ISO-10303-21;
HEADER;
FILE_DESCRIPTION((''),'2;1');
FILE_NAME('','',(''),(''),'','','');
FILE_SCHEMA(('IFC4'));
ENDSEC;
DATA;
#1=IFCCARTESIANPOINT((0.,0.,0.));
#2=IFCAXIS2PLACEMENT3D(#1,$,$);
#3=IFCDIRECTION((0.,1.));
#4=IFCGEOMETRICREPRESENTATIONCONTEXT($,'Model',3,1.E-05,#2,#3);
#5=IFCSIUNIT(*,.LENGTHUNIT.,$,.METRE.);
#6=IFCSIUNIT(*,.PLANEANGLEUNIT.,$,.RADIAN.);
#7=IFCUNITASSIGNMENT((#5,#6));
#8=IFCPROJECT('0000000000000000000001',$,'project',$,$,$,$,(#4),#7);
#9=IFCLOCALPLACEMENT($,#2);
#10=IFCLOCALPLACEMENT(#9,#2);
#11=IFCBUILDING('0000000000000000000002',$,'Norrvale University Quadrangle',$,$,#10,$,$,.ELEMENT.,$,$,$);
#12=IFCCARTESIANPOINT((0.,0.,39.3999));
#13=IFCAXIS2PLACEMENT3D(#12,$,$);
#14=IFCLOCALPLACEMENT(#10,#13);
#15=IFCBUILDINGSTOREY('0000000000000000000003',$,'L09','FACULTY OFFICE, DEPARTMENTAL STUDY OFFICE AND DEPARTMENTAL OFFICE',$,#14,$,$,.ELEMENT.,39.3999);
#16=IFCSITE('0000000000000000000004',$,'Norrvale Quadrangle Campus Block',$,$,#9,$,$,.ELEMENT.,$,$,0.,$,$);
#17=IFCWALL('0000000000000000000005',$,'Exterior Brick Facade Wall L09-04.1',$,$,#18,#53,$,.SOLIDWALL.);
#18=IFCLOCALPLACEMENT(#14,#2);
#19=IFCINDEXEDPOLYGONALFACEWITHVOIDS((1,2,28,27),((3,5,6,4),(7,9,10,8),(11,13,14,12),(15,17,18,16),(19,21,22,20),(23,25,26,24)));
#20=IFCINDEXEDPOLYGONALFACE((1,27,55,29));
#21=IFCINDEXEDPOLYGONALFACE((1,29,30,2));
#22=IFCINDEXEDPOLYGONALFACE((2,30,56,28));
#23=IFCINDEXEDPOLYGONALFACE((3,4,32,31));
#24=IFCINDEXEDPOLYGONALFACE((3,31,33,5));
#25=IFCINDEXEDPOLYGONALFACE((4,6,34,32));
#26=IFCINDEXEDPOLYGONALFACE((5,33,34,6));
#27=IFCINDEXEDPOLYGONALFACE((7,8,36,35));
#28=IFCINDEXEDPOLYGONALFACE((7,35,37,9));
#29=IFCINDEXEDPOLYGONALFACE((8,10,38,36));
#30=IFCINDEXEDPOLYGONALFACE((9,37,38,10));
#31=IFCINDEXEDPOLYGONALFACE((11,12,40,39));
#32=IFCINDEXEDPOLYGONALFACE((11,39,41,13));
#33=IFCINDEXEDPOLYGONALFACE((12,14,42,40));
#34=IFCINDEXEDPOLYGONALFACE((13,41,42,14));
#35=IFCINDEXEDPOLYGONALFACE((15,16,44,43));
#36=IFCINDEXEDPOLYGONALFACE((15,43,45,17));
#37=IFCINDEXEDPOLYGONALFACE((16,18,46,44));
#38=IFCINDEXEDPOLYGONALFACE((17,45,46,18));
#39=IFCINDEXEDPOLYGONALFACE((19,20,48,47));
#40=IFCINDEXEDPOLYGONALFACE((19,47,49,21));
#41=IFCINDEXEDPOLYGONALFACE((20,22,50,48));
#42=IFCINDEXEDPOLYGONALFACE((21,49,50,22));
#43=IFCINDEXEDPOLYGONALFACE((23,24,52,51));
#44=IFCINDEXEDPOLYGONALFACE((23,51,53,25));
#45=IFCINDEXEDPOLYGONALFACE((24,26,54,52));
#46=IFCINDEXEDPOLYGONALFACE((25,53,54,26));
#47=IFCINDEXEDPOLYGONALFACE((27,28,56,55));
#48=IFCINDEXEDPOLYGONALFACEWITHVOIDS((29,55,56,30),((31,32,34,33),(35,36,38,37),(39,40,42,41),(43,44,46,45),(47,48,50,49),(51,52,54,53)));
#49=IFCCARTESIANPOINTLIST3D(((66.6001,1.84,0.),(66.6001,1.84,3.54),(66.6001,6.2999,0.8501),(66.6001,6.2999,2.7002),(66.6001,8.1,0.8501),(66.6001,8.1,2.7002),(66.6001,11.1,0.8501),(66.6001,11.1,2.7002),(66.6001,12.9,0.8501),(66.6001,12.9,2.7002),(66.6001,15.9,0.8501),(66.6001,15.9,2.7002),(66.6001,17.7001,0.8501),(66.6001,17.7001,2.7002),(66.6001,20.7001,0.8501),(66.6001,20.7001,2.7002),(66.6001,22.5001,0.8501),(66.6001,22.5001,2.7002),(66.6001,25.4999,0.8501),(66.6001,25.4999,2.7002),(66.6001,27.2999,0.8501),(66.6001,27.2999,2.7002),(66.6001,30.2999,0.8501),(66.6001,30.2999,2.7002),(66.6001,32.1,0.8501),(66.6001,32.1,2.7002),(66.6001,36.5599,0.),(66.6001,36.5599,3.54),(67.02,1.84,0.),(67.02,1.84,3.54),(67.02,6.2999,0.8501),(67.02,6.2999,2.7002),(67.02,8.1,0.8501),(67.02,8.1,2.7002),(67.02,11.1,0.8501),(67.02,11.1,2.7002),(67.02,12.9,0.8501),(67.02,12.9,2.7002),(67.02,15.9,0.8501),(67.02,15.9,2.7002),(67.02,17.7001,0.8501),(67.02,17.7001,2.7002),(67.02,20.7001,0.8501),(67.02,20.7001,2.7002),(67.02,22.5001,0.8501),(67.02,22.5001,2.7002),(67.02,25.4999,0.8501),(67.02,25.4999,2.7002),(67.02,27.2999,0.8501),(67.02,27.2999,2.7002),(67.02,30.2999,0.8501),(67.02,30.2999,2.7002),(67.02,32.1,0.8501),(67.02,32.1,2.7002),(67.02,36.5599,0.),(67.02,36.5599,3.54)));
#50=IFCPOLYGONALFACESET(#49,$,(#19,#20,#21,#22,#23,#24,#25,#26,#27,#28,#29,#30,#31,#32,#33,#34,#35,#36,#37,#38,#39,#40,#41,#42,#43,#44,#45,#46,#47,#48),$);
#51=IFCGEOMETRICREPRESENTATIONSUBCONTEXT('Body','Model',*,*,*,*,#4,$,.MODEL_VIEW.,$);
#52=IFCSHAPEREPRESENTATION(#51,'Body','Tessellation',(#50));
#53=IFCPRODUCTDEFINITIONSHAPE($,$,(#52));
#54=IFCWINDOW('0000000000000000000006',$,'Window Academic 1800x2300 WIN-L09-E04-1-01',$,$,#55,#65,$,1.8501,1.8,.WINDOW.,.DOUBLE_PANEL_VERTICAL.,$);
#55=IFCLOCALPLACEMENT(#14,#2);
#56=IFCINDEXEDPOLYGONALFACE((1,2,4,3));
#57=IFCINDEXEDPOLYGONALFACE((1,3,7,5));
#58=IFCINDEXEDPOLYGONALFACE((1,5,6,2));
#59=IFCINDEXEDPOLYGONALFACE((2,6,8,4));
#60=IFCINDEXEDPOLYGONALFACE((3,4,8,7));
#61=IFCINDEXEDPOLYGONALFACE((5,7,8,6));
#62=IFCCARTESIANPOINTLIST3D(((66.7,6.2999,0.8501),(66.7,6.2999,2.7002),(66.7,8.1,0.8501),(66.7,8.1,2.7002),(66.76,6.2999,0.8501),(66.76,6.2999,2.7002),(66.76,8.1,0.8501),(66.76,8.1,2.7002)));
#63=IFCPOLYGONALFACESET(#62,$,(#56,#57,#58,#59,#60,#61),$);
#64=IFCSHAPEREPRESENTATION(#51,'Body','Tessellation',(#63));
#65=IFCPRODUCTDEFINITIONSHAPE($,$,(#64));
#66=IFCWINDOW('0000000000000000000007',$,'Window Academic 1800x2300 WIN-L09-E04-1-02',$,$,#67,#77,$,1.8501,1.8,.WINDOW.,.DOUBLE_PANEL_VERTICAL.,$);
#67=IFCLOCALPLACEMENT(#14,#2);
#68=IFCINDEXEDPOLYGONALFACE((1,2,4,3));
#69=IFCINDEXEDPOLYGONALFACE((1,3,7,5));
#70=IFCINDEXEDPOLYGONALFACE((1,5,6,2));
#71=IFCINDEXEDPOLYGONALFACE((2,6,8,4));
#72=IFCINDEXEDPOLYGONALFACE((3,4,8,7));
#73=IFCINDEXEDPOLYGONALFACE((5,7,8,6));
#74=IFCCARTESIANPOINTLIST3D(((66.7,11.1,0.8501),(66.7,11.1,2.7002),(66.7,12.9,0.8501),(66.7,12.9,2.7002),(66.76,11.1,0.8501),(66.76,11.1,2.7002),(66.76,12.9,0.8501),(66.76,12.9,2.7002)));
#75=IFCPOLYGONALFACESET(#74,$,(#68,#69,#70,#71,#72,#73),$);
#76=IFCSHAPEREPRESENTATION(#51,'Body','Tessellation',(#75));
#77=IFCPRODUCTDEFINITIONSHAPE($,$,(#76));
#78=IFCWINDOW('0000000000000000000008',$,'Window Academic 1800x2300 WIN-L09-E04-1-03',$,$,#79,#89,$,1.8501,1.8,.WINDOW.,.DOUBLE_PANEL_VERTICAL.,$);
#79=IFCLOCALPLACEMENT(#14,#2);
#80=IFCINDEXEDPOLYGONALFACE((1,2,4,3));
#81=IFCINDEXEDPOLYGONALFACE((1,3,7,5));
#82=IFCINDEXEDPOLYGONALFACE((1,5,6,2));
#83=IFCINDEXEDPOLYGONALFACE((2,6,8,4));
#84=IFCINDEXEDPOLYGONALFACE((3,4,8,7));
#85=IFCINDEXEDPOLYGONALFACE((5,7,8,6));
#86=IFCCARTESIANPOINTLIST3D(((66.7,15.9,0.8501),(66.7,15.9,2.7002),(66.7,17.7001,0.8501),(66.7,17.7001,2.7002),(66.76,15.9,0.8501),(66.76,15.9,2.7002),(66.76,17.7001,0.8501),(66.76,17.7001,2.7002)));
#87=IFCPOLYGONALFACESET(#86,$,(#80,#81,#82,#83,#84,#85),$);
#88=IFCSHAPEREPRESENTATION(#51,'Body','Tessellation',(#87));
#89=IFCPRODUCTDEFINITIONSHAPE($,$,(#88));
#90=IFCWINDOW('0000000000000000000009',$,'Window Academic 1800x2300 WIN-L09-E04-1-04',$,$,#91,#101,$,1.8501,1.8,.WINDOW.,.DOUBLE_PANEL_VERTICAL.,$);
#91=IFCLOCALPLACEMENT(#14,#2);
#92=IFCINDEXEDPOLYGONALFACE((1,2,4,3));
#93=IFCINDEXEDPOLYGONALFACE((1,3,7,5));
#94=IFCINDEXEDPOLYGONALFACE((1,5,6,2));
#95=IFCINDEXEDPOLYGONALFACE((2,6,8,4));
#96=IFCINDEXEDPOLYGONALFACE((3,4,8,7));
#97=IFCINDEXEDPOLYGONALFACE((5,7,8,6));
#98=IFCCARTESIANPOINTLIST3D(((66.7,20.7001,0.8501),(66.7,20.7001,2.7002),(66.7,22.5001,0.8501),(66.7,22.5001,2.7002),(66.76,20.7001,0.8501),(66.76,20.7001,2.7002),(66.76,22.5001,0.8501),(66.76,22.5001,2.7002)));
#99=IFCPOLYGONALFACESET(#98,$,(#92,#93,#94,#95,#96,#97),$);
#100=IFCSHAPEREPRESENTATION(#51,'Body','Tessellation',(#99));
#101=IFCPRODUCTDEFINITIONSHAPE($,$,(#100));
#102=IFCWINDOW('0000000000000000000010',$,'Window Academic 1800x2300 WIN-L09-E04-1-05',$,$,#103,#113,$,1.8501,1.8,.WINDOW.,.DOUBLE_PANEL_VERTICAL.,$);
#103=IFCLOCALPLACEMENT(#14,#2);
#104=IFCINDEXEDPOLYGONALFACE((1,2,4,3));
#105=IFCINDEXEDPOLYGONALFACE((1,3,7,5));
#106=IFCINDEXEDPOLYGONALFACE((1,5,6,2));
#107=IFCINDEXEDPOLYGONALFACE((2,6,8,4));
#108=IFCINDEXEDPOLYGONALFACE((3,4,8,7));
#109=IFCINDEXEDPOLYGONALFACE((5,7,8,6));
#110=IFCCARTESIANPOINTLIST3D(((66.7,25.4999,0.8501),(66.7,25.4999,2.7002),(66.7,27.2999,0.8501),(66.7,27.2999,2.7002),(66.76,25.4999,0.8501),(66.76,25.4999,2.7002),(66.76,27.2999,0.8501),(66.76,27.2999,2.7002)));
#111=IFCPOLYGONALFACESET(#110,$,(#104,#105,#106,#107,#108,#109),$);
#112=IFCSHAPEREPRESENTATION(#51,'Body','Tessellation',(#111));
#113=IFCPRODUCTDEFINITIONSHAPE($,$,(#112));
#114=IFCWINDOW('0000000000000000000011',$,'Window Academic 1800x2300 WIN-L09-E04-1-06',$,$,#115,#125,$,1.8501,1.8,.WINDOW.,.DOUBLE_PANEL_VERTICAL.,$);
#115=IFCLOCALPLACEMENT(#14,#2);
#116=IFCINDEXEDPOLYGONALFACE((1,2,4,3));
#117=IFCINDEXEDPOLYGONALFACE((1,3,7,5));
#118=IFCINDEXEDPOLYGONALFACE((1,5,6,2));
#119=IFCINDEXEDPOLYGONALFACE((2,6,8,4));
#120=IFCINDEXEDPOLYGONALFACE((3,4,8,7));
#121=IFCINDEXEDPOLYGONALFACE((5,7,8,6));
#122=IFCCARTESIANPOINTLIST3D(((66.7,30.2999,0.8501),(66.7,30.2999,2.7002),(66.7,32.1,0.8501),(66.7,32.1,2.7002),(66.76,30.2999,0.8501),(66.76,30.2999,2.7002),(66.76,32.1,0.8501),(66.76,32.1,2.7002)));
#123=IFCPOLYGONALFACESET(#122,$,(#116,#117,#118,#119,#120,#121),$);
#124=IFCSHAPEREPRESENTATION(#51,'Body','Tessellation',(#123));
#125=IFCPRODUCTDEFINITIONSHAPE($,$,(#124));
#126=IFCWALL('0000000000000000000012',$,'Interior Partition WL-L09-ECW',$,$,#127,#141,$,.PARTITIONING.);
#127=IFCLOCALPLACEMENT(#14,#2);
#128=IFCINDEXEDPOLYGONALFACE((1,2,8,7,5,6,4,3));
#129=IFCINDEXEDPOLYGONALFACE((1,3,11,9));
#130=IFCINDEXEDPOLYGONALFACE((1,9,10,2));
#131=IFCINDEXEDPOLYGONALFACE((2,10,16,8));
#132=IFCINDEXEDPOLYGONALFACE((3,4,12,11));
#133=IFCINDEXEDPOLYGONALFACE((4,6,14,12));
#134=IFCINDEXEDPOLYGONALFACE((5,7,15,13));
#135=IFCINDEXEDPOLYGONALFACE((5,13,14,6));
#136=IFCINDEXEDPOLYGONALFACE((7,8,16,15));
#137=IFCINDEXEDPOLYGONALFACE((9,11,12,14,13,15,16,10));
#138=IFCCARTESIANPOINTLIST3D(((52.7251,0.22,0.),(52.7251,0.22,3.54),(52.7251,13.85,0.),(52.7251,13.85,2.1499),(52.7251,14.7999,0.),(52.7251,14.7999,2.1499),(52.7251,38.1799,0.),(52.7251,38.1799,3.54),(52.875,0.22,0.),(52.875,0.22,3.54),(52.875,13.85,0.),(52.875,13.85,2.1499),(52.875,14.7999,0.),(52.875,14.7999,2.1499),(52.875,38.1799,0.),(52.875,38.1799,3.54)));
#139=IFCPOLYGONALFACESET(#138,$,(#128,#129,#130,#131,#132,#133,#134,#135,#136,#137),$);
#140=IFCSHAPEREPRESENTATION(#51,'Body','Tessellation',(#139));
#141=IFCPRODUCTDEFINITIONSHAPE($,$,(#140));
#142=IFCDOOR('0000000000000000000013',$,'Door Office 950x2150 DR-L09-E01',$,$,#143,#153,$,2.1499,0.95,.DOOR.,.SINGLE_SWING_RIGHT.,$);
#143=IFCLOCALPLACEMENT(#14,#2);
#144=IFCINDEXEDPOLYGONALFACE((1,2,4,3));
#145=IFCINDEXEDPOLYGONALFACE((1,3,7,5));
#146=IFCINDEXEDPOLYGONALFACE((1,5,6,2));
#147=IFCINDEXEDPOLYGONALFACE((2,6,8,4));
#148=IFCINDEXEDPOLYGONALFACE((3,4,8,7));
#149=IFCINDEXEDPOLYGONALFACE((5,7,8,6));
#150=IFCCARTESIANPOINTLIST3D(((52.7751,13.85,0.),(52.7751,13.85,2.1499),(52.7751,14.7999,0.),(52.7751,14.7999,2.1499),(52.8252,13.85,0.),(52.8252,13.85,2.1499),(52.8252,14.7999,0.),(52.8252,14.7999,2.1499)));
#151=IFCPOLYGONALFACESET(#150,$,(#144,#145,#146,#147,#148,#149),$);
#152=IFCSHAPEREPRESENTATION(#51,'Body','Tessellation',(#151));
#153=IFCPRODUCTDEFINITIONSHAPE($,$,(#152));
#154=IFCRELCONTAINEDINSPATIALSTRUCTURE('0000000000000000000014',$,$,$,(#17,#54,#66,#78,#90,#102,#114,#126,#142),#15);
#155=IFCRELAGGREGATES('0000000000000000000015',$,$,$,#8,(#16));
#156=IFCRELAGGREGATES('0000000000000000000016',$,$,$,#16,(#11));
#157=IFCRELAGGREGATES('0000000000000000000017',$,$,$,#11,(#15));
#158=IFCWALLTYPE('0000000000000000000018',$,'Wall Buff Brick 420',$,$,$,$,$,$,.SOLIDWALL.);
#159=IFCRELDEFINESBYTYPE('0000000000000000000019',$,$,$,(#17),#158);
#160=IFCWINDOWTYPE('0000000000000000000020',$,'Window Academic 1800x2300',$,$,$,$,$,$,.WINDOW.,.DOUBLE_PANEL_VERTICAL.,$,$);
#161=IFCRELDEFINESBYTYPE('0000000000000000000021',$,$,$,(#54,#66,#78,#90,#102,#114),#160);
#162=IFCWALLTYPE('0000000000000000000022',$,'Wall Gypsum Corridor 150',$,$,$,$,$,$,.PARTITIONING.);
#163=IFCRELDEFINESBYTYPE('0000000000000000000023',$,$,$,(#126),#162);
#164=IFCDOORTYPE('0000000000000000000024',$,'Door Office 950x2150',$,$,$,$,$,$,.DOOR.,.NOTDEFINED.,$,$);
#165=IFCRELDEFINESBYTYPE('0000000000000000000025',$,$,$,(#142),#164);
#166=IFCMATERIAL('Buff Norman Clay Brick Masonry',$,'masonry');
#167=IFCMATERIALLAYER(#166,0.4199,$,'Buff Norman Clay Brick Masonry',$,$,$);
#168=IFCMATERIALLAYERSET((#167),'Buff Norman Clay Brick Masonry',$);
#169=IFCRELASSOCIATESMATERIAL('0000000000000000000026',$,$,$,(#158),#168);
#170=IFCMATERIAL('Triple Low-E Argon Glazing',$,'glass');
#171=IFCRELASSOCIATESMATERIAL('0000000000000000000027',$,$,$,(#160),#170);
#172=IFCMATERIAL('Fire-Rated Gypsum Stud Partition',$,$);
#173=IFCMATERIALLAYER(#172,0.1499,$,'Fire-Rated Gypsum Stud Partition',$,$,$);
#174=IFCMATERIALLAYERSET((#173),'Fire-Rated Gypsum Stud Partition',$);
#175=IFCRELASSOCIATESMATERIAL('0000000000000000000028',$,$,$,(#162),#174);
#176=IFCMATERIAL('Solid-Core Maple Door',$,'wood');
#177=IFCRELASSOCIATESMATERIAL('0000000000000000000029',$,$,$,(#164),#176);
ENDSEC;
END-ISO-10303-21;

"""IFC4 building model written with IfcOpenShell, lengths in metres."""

from ifc_helpers import new_model, si_unit, direction, frame, frame_2d, origin, place, context, subcontext, project, spatial, rectangle, extrude, material, layer, layer_set, type_object, element, fill, save


model = new_model("IFC4")

# Units and contexts
model_context = context("Model", 3, precision=1e-05, world=origin(), true_north=direction((0.0, 1.0)))
body_context = subcontext(model_context, "Body", "Model", "MODEL_VIEW")
ifc_project = project(units=[si_unit("LENGTHUNIT", "METRE"), si_unit("PLANEANGLEUNIT", "RADIAN")], contexts=[model_context])

# Site, building, storey
site_placement = place(None, origin())
site = spatial("IfcSite", under=ifc_project, at=site_placement, Name="Norrvale Quadrangle Campus Block", CompositionType="ELEMENT", RefElevation=0.0)
building_placement = place(site_placement, origin())
building = spatial("IfcBuilding", under=site, at=building_placement, Name="Norrvale University Quadrangle", CompositionType="ELEMENT")
storey_placement = place(building_placement, frame((0.0, 0.0, 39.3999)))
storey = spatial("IfcBuildingStorey", under=building, at=storey_placement, Name="L09", Description="FACULTY OFFICE, DEPARTMENTAL STUDY OFFICE AND DEPARTMENTAL OFFICE", CompositionType="ELEMENT", Elevation=39.3999)

# Shared definitions
ifc_material_1 = material(Name="Buff Norman Clay Brick Masonry", Category="masonry")
ifc_layer_1 = layer(ifc_material_1, 0.4199, Name="Buff Norman Clay Brick Masonry")
ifc_layer_set_1 = layer_set([ifc_layer_1], Name="Buff Norman Clay Brick Masonry")
wall_type_1 = type_object("IfcWallType", Name="Wall Buff Brick 420", PredefinedType="SOLIDWALL", material=ifc_layer_set_1)

# Wall, openings, windows
wall_1_placement = place(storey_placement, frame((66.8101, 1.8401, 0.0), z_axis=(0.0, 0.0, 1.0), x_axis=(0.0, 1.0, 0.0)))
wall_1 = element("IfcWall", 1, at=wall_1_placement, inside=storey, type_object=wall_type_1, Name="Exterior Brick Facade Wall L09-04.1", PredefinedType="SOLIDWALL", context=body_context, shape_type="SweptSolid", body=[
    extrude(rectangle(XDim=34.72, YDim=0.4199, at=frame_2d((17.3599, 0.0))), origin(), (0.0, 0.0, 1.0), 3.54),
])
opening_1_placement = place(wall_1_placement, frame((4.46, 0.0, 0.8501)))
opening_1 = element("IfcOpeningElement", 2, at=opening_1_placement, cuts=wall_1, PredefinedType="OPENING", context=body_context, shape_type="SweptSolid", body=[
    extrude(rectangle(XDim=1.8, YDim=1.8501, at=frame_2d((0.8999, 0.925))), frame((0.0, 0.2219, 0.0), z_axis=(0.0, -1.0, 0.0), x_axis=(1.0, 0.0, 0.0)), (0.0, 0.0, 1.0), 0.4438),
])
opening_2_placement = place(wall_1_placement, frame((9.26, 0.0, 0.8501)))
opening_2 = element("IfcOpeningElement", 3, at=opening_2_placement, cuts=wall_1, PredefinedType="OPENING", context=body_context, shape_type="SweptSolid", body=[
    extrude(rectangle(XDim=1.8, YDim=1.8501, at=frame_2d((0.8999, 0.925))), frame((0.0, 0.2219, 0.0), z_axis=(0.0, -1.0, 0.0), x_axis=(1.0, 0.0, 0.0)), (0.0, 0.0, 1.0), 0.4438),
])
opening_3_placement = place(wall_1_placement, frame((14.0601, 0.0, 0.8501)))
opening_3 = element("IfcOpeningElement", 4, at=opening_3_placement, cuts=wall_1, PredefinedType="OPENING", context=body_context, shape_type="SweptSolid", body=[
    extrude(rectangle(XDim=1.8, YDim=1.8501, at=frame_2d((0.8999, 0.925))), frame((0.0, 0.2219, 0.0), z_axis=(0.0, -1.0, 0.0), x_axis=(1.0, 0.0, 0.0)), (0.0, 0.0, 1.0), 0.4438),
])
opening_4_placement = place(wall_1_placement, frame((18.8601, 0.0, 0.8501)))
opening_4 = element("IfcOpeningElement", 5, at=opening_4_placement, cuts=wall_1, PredefinedType="OPENING", context=body_context, shape_type="SweptSolid", body=[
    extrude(rectangle(XDim=1.8, YDim=1.8501, at=frame_2d((0.8999, 0.925))), frame((0.0, 0.2219, 0.0), z_axis=(0.0, -1.0, 0.0), x_axis=(1.0, 0.0, 0.0)), (0.0, 0.0, 1.0), 0.4438),
])
opening_5_placement = place(wall_1_placement, frame((23.6599, 0.0, 0.8501)))
opening_5 = element("IfcOpeningElement", 6, at=opening_5_placement, cuts=wall_1, PredefinedType="OPENING", context=body_context, shape_type="SweptSolid", body=[
    extrude(rectangle(XDim=1.8, YDim=1.8501, at=frame_2d((0.8999, 0.925))), frame((0.0, 0.2219, 0.0), z_axis=(0.0, -1.0, 0.0), x_axis=(1.0, 0.0, 0.0)), (0.0, 0.0, 1.0), 0.4438),
])
opening_6_placement = place(wall_1_placement, frame((28.46, 0.0, 0.8501)))
opening_6 = element("IfcOpeningElement", 7, at=opening_6_placement, cuts=wall_1, PredefinedType="OPENING", context=body_context, shape_type="SweptSolid", body=[
    extrude(rectangle(XDim=1.8, YDim=1.8501, at=frame_2d((0.8999, 0.925))), frame((0.0, 0.2219, 0.0), z_axis=(0.0, -1.0, 0.0), x_axis=(1.0, 0.0, 0.0)), (0.0, 0.0, 1.0), 0.4438),
])
ifc_material_2 = material(Name="Triple Low-E Argon Glazing", Category="glass")
window_type = type_object("IfcWindowType", Name="Window Academic 1800x2300", PartitioningType="DOUBLE_PANEL_VERTICAL", PredefinedType="WINDOW", material=ifc_material_2)
window_1_placement = place(opening_1_placement, origin())
window_1 = element("IfcWindow", 8, at=window_1_placement, inside=storey, type_object=window_type, Name="Window Academic 1800x2300 WIN-L09-E04-1-01", OverallHeight=1.8501, OverallWidth=1.8, PartitioningType="DOUBLE_PANEL_VERTICAL", PredefinedType="WINDOW", context=body_context, shape_type="SweptSolid", body=[
    extrude(rectangle(XDim=1.8, YDim=1.8501, at=frame_2d((0.8999, 0.925))), frame((0.0, 0.1101, 0.0), z_axis=(0.0, -1.0, 0.0), x_axis=(1.0, 0.0, 0.0)), (0.0, 0.0, 1.0), 0.0601),
])
fill(opening_1, window_1)
window_2_placement = place(opening_2_placement, origin())
window_2 = element("IfcWindow", 9, at=window_2_placement, inside=storey, type_object=window_type, Name="Window Academic 1800x2300 WIN-L09-E04-1-02", OverallHeight=1.8501, OverallWidth=1.8, PartitioningType="DOUBLE_PANEL_VERTICAL", PredefinedType="WINDOW", context=body_context, shape_type="SweptSolid", body=[
    extrude(rectangle(XDim=1.8, YDim=1.8501, at=frame_2d((0.8999, 0.925))), frame((0.0, 0.1101, 0.0), z_axis=(0.0, -1.0, 0.0), x_axis=(1.0, 0.0, 0.0)), (0.0, 0.0, 1.0), 0.0601),
])
fill(opening_2, window_2)
window_3_placement = place(opening_3_placement, origin())
window_3 = element("IfcWindow", 10, at=window_3_placement, inside=storey, type_object=window_type, Name="Window Academic 1800x2300 WIN-L09-E04-1-03", OverallHeight=1.8501, OverallWidth=1.8, PartitioningType="DOUBLE_PANEL_VERTICAL", PredefinedType="WINDOW", context=body_context, shape_type="SweptSolid", body=[
    extrude(rectangle(XDim=1.8, YDim=1.8501, at=frame_2d((0.8999, 0.925))), frame((0.0, 0.1101, 0.0), z_axis=(0.0, -1.0, 0.0), x_axis=(1.0, 0.0, 0.0)), (0.0, 0.0, 1.0), 0.0601),
])
fill(opening_3, window_3)
window_4_placement = place(opening_4_placement, origin())
window_4 = element("IfcWindow", 11, at=window_4_placement, inside=storey, type_object=window_type, Name="Window Academic 1800x2300 WIN-L09-E04-1-04", OverallHeight=1.8501, OverallWidth=1.8, PartitioningType="DOUBLE_PANEL_VERTICAL", PredefinedType="WINDOW", context=body_context, shape_type="SweptSolid", body=[
    extrude(rectangle(XDim=1.8, YDim=1.8501, at=frame_2d((0.8999, 0.925))), frame((0.0, 0.1101, 0.0), z_axis=(0.0, -1.0, 0.0), x_axis=(1.0, 0.0, 0.0)), (0.0, 0.0, 1.0), 0.0601),
])
fill(opening_4, window_4)
window_5_placement = place(opening_5_placement, origin())
window_5 = element("IfcWindow", 12, at=window_5_placement, inside=storey, type_object=window_type, Name="Window Academic 1800x2300 WIN-L09-E04-1-05", OverallHeight=1.8501, OverallWidth=1.8, PartitioningType="DOUBLE_PANEL_VERTICAL", PredefinedType="WINDOW", context=body_context, shape_type="SweptSolid", body=[
    extrude(rectangle(XDim=1.8, YDim=1.8501, at=frame_2d((0.8999, 0.925))), frame((0.0, 0.1101, 0.0), z_axis=(0.0, -1.0, 0.0), x_axis=(1.0, 0.0, 0.0)), (0.0, 0.0, 1.0), 0.0601),
])
fill(opening_5, window_5)
window_6_placement = place(opening_6_placement, origin())
window_6 = element("IfcWindow", 13, at=window_6_placement, inside=storey, type_object=window_type, Name="Window Academic 1800x2300 WIN-L09-E04-1-06", OverallHeight=1.8501, OverallWidth=1.8, PartitioningType="DOUBLE_PANEL_VERTICAL", PredefinedType="WINDOW", context=body_context, shape_type="SweptSolid", body=[
    extrude(rectangle(XDim=1.8, YDim=1.8501, at=frame_2d((0.8999, 0.925))), frame((0.0, 0.1101, 0.0), z_axis=(0.0, -1.0, 0.0), x_axis=(1.0, 0.0, 0.0)), (0.0, 0.0, 1.0), 0.0601),
])
fill(opening_6, window_6)

# Wall, opening, door
ifc_material_3 = material(Name="Fire-Rated Gypsum Stud Partition")
ifc_layer_2 = layer(ifc_material_3, 0.1499, Name="Fire-Rated Gypsum Stud Partition")
ifc_layer_set_2 = layer_set([ifc_layer_2], Name="Fire-Rated Gypsum Stud Partition")
wall_type_2 = type_object("IfcWallType", Name="Wall Gypsum Corridor 150", PredefinedType="PARTITIONING", material=ifc_layer_set_2)
wall_2_placement = place(storey_placement, frame((52.8, 0.22, 0.0), z_axis=(0.0, 0.0, 1.0), x_axis=(0.0, 1.0, 0.0)))
wall_2 = element("IfcWall", 14, at=wall_2_placement, inside=storey, type_object=wall_type_2, Name="Interior Partition WL-L09-ECW", PredefinedType="PARTITIONING", context=body_context, shape_type="SweptSolid", body=[
    extrude(rectangle(XDim=37.96, YDim=0.1499, at=frame_2d((18.98, 0.0))), origin(), (0.0, 0.0, 1.0), 3.54),
])
opening_7_placement = place(wall_2_placement, frame((13.6299, 0.0, 0.0)))
opening_7 = element("IfcOpeningElement", 15, at=opening_7_placement, cuts=wall_2, PredefinedType="OPENING", context=body_context, shape_type="SweptSolid", body=[
    extrude(rectangle(XDim=0.95, YDim=2.1499, at=frame_2d((0.4751, 1.075))), frame((0.0, 0.0869, 0.0), z_axis=(0.0, -1.0, 0.0), x_axis=(1.0, 0.0, 0.0)), (0.0, 0.0, 1.0), 0.1738),
])
ifc_material_4 = material(Name="Solid-Core Maple Door", Category="wood")
door_type = type_object("IfcDoorType", Name="Door Office 950x2150", OperationType="NOTDEFINED", PredefinedType="DOOR", material=ifc_material_4)
door_placement = place(opening_7_placement, origin())
door = element("IfcDoor", 16, at=door_placement, inside=storey, type_object=door_type, Name="Door Office 950x2150 DR-L09-E01", OperationType="SINGLE_SWING_RIGHT", OverallHeight=2.1499, OverallWidth=0.95, PredefinedType="DOOR", context=body_context, shape_type="SweptSolid", body=[
    extrude(rectangle(XDim=0.95, YDim=2.1499, at=frame_2d((0.4751, 1.075))), frame((0.0, 0.0249, 0.0), z_axis=(0.0, -1.0, 0.0), x_axis=(1.0, 0.0, 0.0)), (0.0, 0.0, 1.0), 0.05),
])
fill(opening_7, door)

save(model, "model.ifc")
